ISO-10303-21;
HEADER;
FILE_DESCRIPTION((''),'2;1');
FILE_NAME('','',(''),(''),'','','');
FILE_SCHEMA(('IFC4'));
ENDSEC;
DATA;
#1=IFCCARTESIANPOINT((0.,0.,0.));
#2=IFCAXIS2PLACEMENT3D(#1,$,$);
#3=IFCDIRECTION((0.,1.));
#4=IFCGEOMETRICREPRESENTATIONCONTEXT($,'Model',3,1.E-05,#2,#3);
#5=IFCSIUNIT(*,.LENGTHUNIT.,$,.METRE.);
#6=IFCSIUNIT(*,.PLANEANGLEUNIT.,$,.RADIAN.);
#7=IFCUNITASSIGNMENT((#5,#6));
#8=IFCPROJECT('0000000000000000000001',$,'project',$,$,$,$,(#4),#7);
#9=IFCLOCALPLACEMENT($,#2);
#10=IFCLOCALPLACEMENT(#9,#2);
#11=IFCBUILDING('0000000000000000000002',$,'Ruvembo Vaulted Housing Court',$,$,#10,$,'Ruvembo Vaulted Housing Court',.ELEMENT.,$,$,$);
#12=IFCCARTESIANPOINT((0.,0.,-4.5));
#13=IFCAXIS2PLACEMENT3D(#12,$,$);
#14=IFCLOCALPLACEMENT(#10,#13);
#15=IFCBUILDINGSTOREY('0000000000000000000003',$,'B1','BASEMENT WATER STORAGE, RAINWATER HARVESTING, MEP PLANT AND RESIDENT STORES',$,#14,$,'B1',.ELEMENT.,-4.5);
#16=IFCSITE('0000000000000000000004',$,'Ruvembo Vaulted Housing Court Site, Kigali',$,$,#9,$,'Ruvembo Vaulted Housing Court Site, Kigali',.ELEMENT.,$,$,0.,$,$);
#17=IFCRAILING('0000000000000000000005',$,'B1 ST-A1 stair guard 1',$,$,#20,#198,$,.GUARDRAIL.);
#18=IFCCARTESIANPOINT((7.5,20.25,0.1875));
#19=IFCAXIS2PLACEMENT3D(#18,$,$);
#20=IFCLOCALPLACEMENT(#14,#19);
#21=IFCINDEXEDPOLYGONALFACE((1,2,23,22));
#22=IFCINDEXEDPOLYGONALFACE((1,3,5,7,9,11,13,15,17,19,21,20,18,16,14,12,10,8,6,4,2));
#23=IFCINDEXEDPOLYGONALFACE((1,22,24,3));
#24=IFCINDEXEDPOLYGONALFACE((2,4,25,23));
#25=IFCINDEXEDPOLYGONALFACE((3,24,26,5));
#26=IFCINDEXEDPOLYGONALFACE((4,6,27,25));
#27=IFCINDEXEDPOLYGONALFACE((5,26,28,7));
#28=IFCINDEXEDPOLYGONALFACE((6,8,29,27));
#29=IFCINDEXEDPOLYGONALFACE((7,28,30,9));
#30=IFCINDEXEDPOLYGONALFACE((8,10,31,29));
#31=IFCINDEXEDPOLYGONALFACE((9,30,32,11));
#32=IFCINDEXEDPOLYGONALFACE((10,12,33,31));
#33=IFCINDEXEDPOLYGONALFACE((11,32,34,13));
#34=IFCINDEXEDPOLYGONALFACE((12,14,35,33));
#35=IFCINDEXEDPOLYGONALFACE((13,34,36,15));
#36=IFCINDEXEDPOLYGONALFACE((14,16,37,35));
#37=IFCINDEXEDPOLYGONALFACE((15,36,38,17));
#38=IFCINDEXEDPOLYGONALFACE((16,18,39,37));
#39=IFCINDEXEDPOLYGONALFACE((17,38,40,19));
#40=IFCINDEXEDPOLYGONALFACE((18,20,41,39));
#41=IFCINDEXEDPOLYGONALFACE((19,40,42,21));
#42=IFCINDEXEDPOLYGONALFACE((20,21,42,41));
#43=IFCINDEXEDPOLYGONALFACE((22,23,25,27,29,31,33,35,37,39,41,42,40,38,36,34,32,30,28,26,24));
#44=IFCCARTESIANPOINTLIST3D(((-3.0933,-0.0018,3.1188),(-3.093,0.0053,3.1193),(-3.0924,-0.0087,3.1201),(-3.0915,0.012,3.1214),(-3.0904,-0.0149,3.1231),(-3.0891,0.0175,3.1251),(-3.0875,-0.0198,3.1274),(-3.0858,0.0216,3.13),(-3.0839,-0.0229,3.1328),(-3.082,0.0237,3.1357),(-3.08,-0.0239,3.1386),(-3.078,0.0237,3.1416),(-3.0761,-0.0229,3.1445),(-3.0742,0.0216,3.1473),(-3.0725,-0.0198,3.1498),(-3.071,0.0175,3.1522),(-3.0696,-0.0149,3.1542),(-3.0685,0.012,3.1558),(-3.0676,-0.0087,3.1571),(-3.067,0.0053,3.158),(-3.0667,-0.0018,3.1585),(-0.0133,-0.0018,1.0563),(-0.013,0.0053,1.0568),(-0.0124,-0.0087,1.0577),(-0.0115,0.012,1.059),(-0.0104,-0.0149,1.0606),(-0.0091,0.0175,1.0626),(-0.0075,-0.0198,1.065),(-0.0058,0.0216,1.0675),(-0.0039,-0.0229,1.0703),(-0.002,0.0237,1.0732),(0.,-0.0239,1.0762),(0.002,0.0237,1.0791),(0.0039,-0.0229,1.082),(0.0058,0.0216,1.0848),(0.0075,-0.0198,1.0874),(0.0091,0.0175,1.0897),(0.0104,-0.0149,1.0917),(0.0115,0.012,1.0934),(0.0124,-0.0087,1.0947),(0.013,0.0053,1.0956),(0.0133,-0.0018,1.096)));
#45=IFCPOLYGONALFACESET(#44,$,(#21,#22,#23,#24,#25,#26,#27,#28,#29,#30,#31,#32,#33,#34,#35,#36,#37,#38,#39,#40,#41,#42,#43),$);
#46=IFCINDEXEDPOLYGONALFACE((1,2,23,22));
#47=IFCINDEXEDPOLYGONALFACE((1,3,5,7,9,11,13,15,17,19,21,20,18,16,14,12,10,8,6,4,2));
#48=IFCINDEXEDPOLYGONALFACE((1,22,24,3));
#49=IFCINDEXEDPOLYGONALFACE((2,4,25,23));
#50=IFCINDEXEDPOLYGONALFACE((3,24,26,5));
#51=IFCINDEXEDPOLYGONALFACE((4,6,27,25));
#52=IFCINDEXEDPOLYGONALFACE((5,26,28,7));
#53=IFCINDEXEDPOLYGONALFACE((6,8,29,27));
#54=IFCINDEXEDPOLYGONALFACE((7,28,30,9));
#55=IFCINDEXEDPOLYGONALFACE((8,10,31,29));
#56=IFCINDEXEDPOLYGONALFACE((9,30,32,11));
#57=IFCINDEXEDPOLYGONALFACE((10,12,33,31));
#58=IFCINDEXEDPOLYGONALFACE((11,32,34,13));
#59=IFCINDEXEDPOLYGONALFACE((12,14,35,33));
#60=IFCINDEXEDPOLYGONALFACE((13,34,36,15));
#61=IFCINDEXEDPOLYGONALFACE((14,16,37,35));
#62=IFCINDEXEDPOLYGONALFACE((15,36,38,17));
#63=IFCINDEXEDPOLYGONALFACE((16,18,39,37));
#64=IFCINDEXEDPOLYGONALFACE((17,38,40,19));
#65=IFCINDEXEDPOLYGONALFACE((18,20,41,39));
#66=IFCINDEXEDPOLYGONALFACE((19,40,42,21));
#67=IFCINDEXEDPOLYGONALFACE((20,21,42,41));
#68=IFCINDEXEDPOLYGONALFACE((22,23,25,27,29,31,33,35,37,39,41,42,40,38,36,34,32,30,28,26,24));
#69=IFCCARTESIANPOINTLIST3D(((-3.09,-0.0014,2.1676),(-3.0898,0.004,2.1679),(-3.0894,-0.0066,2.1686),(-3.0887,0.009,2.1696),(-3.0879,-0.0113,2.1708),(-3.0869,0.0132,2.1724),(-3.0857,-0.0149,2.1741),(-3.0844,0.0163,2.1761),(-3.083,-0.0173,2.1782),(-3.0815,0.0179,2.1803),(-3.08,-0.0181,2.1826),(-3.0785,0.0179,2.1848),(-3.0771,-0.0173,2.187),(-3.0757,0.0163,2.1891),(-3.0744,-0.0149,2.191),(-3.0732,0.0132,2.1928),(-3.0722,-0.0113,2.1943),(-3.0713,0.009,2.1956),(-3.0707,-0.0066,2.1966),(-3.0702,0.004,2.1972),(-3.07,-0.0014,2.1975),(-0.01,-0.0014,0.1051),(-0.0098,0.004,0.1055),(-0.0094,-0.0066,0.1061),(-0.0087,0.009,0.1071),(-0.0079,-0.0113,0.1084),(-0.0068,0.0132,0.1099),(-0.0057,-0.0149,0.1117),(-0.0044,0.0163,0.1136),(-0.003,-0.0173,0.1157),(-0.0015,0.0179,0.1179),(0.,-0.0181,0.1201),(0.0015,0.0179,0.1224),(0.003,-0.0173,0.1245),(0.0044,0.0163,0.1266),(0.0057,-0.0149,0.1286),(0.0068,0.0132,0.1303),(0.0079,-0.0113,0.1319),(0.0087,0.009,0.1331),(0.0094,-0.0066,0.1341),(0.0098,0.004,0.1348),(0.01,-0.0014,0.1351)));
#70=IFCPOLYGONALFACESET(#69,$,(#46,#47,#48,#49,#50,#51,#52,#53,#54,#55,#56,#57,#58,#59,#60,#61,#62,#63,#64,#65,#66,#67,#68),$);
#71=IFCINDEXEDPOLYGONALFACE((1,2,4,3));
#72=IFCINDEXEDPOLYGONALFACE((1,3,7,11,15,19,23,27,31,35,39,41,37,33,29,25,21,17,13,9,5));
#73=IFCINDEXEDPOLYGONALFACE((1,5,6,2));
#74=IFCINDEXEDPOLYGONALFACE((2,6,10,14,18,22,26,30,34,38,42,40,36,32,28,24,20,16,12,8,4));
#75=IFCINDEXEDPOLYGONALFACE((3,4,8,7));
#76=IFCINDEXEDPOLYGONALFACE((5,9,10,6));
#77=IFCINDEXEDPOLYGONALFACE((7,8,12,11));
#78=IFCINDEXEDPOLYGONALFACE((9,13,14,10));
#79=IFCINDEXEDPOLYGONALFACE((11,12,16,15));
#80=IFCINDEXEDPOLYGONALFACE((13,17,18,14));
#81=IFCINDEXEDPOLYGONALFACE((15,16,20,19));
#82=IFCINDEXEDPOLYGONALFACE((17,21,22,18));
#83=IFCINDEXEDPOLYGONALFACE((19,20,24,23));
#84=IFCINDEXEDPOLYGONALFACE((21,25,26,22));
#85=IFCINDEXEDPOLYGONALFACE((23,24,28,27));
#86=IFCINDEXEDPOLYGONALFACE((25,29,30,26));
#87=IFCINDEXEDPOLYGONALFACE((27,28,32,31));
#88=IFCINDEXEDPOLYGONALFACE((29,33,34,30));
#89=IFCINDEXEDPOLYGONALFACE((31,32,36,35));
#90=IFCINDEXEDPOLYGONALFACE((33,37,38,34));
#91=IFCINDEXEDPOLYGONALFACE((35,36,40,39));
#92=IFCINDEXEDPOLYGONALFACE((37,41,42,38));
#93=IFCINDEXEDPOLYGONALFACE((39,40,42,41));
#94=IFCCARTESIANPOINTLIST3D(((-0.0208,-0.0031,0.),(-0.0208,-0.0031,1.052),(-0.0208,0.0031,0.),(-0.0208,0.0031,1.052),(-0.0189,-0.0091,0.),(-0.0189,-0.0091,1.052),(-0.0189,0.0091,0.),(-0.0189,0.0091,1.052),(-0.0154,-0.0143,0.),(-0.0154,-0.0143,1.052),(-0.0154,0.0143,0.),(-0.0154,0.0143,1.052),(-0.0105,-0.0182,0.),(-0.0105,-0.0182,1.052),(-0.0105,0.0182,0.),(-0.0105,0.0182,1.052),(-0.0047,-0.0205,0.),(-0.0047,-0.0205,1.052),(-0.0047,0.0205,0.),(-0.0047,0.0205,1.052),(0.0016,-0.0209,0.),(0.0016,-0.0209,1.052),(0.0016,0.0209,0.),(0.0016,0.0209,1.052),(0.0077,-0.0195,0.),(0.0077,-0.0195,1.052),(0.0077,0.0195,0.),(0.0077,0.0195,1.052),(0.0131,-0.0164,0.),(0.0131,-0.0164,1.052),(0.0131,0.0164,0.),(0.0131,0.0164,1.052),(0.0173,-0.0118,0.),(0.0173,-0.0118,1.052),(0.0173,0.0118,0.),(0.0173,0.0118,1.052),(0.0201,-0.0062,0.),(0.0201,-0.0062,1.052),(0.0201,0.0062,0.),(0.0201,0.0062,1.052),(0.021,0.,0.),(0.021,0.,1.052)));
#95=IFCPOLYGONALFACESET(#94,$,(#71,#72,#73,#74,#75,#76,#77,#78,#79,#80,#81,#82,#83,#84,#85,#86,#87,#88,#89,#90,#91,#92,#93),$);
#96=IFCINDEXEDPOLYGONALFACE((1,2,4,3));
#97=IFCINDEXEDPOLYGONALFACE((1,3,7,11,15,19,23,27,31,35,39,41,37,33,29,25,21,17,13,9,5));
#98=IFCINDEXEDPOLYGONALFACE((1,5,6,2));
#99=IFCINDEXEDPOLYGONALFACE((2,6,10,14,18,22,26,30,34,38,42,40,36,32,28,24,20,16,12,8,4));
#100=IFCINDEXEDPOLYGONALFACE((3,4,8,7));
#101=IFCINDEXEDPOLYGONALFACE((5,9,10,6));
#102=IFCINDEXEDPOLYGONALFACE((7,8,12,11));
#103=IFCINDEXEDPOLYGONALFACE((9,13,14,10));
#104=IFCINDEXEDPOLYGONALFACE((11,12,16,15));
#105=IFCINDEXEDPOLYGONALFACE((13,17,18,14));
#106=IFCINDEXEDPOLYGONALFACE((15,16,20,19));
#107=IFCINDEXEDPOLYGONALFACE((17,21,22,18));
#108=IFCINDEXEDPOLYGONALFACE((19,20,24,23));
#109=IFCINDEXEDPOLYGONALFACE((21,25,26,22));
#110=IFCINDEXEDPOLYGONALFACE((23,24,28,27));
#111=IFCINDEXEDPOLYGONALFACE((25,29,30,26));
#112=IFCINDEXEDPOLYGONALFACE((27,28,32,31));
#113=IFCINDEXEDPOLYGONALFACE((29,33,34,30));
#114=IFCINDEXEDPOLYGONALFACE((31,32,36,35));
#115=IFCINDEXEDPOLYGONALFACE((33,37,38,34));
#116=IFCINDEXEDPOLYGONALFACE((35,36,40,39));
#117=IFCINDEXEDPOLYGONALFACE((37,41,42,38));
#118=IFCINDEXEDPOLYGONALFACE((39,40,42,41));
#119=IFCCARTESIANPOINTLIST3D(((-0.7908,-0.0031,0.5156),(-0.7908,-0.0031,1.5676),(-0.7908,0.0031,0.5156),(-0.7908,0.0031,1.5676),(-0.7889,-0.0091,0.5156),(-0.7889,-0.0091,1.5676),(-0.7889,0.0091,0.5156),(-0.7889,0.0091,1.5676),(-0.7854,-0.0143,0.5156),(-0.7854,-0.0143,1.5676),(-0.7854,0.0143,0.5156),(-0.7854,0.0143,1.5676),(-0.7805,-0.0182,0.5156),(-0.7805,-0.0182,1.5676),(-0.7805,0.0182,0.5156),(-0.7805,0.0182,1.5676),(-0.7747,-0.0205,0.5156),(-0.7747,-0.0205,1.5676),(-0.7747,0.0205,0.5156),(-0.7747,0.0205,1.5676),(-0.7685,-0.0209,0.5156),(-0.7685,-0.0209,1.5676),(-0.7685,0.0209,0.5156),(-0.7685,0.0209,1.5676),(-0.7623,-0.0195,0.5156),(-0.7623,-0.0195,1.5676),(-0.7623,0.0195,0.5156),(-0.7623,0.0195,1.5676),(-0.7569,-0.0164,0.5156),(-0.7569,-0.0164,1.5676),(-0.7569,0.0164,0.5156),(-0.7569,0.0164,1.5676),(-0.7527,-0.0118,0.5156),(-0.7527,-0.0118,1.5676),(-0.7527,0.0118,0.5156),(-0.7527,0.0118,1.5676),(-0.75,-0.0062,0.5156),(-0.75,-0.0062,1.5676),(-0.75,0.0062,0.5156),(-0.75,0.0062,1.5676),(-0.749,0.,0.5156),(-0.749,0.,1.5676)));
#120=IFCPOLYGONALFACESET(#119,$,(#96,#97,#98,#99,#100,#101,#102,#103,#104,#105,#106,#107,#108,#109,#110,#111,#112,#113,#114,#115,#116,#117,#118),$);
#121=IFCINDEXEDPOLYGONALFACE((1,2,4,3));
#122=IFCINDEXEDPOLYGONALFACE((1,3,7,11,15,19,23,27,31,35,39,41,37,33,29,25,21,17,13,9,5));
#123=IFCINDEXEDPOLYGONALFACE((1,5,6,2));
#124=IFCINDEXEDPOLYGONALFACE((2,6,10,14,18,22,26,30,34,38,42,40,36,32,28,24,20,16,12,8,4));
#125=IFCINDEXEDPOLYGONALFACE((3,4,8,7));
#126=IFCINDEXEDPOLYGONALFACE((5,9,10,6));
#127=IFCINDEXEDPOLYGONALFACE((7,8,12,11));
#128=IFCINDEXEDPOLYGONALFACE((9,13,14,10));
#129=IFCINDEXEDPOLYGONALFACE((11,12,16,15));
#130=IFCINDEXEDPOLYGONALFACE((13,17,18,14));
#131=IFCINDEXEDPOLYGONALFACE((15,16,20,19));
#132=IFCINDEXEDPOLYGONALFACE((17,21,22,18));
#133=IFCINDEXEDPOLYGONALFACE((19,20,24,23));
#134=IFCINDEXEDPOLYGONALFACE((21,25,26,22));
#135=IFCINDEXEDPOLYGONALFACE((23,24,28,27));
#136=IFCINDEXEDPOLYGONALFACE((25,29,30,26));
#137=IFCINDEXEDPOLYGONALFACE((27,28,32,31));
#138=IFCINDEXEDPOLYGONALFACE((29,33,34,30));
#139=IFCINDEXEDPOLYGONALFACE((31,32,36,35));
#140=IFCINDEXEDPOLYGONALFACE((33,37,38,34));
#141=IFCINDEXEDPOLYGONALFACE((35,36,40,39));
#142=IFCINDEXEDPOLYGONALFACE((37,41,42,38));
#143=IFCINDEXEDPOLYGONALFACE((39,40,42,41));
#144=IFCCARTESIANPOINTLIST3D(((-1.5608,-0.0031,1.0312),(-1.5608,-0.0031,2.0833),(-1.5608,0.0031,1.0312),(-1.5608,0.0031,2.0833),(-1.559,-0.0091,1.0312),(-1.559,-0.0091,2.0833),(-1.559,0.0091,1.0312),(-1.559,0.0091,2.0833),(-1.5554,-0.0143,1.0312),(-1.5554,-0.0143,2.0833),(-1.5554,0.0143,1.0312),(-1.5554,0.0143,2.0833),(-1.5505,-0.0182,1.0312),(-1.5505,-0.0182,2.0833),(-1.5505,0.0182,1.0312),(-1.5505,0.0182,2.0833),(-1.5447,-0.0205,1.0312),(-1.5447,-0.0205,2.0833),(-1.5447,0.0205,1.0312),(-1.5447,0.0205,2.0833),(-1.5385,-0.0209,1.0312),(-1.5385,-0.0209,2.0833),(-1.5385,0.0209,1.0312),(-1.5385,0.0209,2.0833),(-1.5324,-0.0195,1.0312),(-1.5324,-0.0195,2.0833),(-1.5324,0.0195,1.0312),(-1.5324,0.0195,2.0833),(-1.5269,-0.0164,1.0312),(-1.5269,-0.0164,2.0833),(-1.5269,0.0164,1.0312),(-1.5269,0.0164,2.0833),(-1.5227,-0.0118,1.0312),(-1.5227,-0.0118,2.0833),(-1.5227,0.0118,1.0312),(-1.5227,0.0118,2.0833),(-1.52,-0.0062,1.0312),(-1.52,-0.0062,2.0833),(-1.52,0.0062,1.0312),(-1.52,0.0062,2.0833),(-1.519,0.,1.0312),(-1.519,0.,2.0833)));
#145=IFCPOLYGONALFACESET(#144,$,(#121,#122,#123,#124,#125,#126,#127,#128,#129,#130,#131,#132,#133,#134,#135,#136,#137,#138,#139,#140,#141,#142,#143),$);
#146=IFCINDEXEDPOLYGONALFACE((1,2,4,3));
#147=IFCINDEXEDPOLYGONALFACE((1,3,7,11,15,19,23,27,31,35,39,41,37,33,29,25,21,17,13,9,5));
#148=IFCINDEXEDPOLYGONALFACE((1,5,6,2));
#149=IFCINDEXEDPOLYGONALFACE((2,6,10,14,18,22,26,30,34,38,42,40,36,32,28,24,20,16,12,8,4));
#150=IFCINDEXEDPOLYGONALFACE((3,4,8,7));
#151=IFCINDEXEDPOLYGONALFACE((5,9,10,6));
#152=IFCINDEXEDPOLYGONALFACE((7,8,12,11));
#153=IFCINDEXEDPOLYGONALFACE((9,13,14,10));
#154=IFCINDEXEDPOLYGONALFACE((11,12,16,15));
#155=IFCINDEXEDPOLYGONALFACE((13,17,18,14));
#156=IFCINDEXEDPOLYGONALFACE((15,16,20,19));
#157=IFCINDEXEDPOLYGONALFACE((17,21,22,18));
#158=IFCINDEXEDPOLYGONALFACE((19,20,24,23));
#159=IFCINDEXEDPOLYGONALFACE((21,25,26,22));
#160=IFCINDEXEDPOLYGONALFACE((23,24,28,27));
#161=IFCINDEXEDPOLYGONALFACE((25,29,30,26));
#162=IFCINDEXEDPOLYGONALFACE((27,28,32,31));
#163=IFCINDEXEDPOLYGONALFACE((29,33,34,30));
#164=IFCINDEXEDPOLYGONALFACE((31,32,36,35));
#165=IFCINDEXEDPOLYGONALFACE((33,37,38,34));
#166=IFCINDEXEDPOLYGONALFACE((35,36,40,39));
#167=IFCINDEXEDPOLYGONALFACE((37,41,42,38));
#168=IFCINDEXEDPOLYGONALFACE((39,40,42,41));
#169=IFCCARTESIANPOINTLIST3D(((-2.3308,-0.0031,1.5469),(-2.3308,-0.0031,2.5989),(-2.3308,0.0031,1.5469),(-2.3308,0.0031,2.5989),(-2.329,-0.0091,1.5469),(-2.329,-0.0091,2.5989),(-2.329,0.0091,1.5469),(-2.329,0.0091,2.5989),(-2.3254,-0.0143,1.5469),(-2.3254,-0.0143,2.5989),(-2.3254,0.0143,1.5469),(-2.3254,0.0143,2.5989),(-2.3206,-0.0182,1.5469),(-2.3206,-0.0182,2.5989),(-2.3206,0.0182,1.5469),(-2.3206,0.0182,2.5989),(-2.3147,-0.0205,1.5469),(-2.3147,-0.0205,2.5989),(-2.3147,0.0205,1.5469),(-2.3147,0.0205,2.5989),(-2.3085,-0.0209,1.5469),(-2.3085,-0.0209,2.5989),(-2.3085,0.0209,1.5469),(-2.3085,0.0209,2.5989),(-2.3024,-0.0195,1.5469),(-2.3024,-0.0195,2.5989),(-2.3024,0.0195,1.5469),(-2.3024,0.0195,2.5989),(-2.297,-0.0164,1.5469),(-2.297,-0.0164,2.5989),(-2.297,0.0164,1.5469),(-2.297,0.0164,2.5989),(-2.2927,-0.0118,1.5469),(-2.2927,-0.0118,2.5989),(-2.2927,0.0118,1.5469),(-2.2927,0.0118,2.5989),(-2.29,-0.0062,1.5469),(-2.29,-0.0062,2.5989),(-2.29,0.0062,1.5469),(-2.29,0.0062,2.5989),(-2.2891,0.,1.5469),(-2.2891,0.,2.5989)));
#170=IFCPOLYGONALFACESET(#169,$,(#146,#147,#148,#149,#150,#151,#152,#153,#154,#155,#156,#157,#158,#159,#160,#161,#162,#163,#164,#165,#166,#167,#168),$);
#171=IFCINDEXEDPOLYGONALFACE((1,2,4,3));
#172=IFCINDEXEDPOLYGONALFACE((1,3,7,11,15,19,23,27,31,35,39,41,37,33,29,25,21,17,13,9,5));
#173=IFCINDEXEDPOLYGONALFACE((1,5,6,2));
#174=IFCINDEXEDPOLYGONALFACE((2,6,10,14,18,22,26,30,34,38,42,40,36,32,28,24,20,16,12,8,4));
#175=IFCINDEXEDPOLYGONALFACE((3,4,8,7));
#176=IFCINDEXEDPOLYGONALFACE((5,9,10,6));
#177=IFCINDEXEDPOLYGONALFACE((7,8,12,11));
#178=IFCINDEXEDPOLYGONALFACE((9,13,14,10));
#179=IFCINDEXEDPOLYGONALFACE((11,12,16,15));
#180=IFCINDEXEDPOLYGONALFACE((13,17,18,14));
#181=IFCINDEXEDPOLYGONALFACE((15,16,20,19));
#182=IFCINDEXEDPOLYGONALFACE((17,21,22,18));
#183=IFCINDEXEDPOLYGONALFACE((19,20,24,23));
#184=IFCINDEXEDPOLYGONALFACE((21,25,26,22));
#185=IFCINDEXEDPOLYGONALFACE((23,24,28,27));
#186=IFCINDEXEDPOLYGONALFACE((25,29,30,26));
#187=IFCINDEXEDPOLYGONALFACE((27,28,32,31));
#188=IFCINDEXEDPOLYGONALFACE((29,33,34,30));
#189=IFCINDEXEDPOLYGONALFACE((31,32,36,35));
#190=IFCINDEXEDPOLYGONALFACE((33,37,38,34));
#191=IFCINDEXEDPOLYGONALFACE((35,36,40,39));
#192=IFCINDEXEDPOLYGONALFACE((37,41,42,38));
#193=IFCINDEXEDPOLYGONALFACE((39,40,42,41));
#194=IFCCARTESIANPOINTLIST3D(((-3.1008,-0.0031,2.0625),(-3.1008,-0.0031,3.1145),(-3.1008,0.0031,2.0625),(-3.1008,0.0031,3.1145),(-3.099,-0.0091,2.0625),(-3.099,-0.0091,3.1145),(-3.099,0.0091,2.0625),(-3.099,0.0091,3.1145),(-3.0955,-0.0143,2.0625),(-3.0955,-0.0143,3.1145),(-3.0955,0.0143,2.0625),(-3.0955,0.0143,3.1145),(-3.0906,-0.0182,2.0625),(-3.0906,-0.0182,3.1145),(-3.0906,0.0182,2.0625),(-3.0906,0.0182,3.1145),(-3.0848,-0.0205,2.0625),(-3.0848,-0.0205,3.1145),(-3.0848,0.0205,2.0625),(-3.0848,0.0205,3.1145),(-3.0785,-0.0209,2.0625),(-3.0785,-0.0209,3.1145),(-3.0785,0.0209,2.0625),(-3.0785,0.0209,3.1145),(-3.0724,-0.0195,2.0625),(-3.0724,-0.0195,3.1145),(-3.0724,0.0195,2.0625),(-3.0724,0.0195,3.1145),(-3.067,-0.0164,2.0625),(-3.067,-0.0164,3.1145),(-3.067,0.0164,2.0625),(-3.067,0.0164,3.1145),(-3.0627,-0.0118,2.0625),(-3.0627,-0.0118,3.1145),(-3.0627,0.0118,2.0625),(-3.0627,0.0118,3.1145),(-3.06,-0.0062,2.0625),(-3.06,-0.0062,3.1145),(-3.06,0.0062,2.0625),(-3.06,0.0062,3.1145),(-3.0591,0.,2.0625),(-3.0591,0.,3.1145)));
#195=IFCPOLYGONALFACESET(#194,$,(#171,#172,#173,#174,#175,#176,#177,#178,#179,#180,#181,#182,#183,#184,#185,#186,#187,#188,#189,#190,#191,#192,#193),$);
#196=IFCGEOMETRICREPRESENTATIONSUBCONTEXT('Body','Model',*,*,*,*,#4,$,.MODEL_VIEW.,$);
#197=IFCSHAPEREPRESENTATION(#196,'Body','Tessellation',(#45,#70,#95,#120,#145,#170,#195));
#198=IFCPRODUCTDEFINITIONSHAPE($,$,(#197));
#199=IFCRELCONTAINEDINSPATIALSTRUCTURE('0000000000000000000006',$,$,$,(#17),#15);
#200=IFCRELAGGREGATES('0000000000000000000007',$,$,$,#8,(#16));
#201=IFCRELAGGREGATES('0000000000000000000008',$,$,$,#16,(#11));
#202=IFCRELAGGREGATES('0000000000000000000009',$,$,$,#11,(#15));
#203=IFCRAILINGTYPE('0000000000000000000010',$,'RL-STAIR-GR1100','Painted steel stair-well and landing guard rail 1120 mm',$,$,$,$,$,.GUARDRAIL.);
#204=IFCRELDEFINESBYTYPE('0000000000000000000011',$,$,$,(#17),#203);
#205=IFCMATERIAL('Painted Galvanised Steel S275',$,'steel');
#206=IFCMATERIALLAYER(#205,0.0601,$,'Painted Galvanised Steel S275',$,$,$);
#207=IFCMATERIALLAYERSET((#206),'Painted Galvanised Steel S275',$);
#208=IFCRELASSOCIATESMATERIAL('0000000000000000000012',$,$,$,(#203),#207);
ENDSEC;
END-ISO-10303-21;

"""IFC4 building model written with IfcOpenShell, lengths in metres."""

from ifc_helpers import new_model, si_unit, direction, frame, origin, origin_2d, place, context, subcontext, project, spatial, circle, extrude, material, layer, layer_set, type_object, element, save


model = new_model("IFC4")

# Units and contexts
model_context = context("Model", 3, precision=1e-05, world=origin(), true_north=direction((0.0, 1.0)))
body_context = subcontext(model_context, "Body", "Model", "MODEL_VIEW")
ifc_project = project(units=[si_unit("LENGTHUNIT", "METRE"), si_unit("PLANEANGLEUNIT", "RADIAN")], contexts=[model_context])

# Site, building, storey
site_placement = place(None, origin())
site = spatial("IfcSite", under=ifc_project, at=site_placement, Name="Ruvembo Vaulted Housing Court Site, Kigali", LongName="Ruvembo Vaulted Housing Court Site, Kigali", CompositionType="ELEMENT", RefElevation=0.0)
building_placement = place(site_placement, origin())
building = spatial("IfcBuilding", under=site, at=building_placement, Name="Ruvembo Vaulted Housing Court", LongName="Ruvembo Vaulted Housing Court", CompositionType="ELEMENT")
storey_placement = place(building_placement, frame((0.0, 0.0, -4.5)))
storey = spatial("IfcBuildingStorey", under=building, at=storey_placement, Name="B1", Description="BASEMENT WATER STORAGE, RAINWATER HARVESTING, MEP PLANT AND RESIDENT STORES", LongName="B1", CompositionType="ELEMENT", Elevation=-4.5)

# Railing
ifc_material_1 = material(Name="Painted Galvanised Steel S275", Category="steel")
ifc_layer_1 = layer(ifc_material_1, 0.0601, Name="Painted Galvanised Steel S275")
ifc_layer_set_1 = layer_set([ifc_layer_1], Name="Painted Galvanised Steel S275")
railing_type_1 = type_object("IfcRailingType", Name="RL-STAIR-GR1100", Description="Painted steel stair-well and landing guard rail 1120 mm", PredefinedType="GUARDRAIL", material=ifc_layer_set_1)
railing_1_placement = place(storey_placement, frame((7.5, 20.25, 0.1875)))
element("IfcRailing", 1, at=railing_1_placement, inside=storey, type_object=railing_type_1, Name="B1 ST-A1 stair guard 1", PredefinedType="GUARDRAIL", context=body_context, shape_type="SweptSolid", body=[
    extrude(circle(Radius=0.0239, at=origin_2d()), frame((0.0, 0.0, 1.0762), z_axis=(-0.830914, 0.0, 0.556401), x_axis=(0.0, -1.0, 0.0)), (0.0, 0.0, 1.0), 3.7068),
    extrude(circle(Radius=0.0181, at=origin_2d()), frame((0.0, 0.0, 0.1201), z_axis=(-0.830914, 0.0, 0.556401), x_axis=(0.0, -1.0, 0.0)), (0.0, 0.0, 1.0), 3.7068),
    extrude(circle(Radius=0.021, at=origin_2d()), origin(), (0.0, 0.0, 1.0), 1.052),
    extrude(circle(Radius=0.021, at=origin_2d()), frame((-0.77, 0.0, 0.5156)), (0.0, 0.0, 1.0), 1.052),
    extrude(circle(Radius=0.021, at=origin_2d()), frame((-1.54, 0.0, 1.0312)), (0.0, 0.0, 1.0), 1.052),
    extrude(circle(Radius=0.021, at=origin_2d()), frame((-2.3101, 0.0, 1.5469)), (0.0, 0.0, 1.0), 1.052),
    extrude(circle(Radius=0.021, at=origin_2d()), frame((-3.0801, 0.0, 2.0625)), (0.0, 0.0, 1.0), 1.052),
])

save(model, "model.ifc")
